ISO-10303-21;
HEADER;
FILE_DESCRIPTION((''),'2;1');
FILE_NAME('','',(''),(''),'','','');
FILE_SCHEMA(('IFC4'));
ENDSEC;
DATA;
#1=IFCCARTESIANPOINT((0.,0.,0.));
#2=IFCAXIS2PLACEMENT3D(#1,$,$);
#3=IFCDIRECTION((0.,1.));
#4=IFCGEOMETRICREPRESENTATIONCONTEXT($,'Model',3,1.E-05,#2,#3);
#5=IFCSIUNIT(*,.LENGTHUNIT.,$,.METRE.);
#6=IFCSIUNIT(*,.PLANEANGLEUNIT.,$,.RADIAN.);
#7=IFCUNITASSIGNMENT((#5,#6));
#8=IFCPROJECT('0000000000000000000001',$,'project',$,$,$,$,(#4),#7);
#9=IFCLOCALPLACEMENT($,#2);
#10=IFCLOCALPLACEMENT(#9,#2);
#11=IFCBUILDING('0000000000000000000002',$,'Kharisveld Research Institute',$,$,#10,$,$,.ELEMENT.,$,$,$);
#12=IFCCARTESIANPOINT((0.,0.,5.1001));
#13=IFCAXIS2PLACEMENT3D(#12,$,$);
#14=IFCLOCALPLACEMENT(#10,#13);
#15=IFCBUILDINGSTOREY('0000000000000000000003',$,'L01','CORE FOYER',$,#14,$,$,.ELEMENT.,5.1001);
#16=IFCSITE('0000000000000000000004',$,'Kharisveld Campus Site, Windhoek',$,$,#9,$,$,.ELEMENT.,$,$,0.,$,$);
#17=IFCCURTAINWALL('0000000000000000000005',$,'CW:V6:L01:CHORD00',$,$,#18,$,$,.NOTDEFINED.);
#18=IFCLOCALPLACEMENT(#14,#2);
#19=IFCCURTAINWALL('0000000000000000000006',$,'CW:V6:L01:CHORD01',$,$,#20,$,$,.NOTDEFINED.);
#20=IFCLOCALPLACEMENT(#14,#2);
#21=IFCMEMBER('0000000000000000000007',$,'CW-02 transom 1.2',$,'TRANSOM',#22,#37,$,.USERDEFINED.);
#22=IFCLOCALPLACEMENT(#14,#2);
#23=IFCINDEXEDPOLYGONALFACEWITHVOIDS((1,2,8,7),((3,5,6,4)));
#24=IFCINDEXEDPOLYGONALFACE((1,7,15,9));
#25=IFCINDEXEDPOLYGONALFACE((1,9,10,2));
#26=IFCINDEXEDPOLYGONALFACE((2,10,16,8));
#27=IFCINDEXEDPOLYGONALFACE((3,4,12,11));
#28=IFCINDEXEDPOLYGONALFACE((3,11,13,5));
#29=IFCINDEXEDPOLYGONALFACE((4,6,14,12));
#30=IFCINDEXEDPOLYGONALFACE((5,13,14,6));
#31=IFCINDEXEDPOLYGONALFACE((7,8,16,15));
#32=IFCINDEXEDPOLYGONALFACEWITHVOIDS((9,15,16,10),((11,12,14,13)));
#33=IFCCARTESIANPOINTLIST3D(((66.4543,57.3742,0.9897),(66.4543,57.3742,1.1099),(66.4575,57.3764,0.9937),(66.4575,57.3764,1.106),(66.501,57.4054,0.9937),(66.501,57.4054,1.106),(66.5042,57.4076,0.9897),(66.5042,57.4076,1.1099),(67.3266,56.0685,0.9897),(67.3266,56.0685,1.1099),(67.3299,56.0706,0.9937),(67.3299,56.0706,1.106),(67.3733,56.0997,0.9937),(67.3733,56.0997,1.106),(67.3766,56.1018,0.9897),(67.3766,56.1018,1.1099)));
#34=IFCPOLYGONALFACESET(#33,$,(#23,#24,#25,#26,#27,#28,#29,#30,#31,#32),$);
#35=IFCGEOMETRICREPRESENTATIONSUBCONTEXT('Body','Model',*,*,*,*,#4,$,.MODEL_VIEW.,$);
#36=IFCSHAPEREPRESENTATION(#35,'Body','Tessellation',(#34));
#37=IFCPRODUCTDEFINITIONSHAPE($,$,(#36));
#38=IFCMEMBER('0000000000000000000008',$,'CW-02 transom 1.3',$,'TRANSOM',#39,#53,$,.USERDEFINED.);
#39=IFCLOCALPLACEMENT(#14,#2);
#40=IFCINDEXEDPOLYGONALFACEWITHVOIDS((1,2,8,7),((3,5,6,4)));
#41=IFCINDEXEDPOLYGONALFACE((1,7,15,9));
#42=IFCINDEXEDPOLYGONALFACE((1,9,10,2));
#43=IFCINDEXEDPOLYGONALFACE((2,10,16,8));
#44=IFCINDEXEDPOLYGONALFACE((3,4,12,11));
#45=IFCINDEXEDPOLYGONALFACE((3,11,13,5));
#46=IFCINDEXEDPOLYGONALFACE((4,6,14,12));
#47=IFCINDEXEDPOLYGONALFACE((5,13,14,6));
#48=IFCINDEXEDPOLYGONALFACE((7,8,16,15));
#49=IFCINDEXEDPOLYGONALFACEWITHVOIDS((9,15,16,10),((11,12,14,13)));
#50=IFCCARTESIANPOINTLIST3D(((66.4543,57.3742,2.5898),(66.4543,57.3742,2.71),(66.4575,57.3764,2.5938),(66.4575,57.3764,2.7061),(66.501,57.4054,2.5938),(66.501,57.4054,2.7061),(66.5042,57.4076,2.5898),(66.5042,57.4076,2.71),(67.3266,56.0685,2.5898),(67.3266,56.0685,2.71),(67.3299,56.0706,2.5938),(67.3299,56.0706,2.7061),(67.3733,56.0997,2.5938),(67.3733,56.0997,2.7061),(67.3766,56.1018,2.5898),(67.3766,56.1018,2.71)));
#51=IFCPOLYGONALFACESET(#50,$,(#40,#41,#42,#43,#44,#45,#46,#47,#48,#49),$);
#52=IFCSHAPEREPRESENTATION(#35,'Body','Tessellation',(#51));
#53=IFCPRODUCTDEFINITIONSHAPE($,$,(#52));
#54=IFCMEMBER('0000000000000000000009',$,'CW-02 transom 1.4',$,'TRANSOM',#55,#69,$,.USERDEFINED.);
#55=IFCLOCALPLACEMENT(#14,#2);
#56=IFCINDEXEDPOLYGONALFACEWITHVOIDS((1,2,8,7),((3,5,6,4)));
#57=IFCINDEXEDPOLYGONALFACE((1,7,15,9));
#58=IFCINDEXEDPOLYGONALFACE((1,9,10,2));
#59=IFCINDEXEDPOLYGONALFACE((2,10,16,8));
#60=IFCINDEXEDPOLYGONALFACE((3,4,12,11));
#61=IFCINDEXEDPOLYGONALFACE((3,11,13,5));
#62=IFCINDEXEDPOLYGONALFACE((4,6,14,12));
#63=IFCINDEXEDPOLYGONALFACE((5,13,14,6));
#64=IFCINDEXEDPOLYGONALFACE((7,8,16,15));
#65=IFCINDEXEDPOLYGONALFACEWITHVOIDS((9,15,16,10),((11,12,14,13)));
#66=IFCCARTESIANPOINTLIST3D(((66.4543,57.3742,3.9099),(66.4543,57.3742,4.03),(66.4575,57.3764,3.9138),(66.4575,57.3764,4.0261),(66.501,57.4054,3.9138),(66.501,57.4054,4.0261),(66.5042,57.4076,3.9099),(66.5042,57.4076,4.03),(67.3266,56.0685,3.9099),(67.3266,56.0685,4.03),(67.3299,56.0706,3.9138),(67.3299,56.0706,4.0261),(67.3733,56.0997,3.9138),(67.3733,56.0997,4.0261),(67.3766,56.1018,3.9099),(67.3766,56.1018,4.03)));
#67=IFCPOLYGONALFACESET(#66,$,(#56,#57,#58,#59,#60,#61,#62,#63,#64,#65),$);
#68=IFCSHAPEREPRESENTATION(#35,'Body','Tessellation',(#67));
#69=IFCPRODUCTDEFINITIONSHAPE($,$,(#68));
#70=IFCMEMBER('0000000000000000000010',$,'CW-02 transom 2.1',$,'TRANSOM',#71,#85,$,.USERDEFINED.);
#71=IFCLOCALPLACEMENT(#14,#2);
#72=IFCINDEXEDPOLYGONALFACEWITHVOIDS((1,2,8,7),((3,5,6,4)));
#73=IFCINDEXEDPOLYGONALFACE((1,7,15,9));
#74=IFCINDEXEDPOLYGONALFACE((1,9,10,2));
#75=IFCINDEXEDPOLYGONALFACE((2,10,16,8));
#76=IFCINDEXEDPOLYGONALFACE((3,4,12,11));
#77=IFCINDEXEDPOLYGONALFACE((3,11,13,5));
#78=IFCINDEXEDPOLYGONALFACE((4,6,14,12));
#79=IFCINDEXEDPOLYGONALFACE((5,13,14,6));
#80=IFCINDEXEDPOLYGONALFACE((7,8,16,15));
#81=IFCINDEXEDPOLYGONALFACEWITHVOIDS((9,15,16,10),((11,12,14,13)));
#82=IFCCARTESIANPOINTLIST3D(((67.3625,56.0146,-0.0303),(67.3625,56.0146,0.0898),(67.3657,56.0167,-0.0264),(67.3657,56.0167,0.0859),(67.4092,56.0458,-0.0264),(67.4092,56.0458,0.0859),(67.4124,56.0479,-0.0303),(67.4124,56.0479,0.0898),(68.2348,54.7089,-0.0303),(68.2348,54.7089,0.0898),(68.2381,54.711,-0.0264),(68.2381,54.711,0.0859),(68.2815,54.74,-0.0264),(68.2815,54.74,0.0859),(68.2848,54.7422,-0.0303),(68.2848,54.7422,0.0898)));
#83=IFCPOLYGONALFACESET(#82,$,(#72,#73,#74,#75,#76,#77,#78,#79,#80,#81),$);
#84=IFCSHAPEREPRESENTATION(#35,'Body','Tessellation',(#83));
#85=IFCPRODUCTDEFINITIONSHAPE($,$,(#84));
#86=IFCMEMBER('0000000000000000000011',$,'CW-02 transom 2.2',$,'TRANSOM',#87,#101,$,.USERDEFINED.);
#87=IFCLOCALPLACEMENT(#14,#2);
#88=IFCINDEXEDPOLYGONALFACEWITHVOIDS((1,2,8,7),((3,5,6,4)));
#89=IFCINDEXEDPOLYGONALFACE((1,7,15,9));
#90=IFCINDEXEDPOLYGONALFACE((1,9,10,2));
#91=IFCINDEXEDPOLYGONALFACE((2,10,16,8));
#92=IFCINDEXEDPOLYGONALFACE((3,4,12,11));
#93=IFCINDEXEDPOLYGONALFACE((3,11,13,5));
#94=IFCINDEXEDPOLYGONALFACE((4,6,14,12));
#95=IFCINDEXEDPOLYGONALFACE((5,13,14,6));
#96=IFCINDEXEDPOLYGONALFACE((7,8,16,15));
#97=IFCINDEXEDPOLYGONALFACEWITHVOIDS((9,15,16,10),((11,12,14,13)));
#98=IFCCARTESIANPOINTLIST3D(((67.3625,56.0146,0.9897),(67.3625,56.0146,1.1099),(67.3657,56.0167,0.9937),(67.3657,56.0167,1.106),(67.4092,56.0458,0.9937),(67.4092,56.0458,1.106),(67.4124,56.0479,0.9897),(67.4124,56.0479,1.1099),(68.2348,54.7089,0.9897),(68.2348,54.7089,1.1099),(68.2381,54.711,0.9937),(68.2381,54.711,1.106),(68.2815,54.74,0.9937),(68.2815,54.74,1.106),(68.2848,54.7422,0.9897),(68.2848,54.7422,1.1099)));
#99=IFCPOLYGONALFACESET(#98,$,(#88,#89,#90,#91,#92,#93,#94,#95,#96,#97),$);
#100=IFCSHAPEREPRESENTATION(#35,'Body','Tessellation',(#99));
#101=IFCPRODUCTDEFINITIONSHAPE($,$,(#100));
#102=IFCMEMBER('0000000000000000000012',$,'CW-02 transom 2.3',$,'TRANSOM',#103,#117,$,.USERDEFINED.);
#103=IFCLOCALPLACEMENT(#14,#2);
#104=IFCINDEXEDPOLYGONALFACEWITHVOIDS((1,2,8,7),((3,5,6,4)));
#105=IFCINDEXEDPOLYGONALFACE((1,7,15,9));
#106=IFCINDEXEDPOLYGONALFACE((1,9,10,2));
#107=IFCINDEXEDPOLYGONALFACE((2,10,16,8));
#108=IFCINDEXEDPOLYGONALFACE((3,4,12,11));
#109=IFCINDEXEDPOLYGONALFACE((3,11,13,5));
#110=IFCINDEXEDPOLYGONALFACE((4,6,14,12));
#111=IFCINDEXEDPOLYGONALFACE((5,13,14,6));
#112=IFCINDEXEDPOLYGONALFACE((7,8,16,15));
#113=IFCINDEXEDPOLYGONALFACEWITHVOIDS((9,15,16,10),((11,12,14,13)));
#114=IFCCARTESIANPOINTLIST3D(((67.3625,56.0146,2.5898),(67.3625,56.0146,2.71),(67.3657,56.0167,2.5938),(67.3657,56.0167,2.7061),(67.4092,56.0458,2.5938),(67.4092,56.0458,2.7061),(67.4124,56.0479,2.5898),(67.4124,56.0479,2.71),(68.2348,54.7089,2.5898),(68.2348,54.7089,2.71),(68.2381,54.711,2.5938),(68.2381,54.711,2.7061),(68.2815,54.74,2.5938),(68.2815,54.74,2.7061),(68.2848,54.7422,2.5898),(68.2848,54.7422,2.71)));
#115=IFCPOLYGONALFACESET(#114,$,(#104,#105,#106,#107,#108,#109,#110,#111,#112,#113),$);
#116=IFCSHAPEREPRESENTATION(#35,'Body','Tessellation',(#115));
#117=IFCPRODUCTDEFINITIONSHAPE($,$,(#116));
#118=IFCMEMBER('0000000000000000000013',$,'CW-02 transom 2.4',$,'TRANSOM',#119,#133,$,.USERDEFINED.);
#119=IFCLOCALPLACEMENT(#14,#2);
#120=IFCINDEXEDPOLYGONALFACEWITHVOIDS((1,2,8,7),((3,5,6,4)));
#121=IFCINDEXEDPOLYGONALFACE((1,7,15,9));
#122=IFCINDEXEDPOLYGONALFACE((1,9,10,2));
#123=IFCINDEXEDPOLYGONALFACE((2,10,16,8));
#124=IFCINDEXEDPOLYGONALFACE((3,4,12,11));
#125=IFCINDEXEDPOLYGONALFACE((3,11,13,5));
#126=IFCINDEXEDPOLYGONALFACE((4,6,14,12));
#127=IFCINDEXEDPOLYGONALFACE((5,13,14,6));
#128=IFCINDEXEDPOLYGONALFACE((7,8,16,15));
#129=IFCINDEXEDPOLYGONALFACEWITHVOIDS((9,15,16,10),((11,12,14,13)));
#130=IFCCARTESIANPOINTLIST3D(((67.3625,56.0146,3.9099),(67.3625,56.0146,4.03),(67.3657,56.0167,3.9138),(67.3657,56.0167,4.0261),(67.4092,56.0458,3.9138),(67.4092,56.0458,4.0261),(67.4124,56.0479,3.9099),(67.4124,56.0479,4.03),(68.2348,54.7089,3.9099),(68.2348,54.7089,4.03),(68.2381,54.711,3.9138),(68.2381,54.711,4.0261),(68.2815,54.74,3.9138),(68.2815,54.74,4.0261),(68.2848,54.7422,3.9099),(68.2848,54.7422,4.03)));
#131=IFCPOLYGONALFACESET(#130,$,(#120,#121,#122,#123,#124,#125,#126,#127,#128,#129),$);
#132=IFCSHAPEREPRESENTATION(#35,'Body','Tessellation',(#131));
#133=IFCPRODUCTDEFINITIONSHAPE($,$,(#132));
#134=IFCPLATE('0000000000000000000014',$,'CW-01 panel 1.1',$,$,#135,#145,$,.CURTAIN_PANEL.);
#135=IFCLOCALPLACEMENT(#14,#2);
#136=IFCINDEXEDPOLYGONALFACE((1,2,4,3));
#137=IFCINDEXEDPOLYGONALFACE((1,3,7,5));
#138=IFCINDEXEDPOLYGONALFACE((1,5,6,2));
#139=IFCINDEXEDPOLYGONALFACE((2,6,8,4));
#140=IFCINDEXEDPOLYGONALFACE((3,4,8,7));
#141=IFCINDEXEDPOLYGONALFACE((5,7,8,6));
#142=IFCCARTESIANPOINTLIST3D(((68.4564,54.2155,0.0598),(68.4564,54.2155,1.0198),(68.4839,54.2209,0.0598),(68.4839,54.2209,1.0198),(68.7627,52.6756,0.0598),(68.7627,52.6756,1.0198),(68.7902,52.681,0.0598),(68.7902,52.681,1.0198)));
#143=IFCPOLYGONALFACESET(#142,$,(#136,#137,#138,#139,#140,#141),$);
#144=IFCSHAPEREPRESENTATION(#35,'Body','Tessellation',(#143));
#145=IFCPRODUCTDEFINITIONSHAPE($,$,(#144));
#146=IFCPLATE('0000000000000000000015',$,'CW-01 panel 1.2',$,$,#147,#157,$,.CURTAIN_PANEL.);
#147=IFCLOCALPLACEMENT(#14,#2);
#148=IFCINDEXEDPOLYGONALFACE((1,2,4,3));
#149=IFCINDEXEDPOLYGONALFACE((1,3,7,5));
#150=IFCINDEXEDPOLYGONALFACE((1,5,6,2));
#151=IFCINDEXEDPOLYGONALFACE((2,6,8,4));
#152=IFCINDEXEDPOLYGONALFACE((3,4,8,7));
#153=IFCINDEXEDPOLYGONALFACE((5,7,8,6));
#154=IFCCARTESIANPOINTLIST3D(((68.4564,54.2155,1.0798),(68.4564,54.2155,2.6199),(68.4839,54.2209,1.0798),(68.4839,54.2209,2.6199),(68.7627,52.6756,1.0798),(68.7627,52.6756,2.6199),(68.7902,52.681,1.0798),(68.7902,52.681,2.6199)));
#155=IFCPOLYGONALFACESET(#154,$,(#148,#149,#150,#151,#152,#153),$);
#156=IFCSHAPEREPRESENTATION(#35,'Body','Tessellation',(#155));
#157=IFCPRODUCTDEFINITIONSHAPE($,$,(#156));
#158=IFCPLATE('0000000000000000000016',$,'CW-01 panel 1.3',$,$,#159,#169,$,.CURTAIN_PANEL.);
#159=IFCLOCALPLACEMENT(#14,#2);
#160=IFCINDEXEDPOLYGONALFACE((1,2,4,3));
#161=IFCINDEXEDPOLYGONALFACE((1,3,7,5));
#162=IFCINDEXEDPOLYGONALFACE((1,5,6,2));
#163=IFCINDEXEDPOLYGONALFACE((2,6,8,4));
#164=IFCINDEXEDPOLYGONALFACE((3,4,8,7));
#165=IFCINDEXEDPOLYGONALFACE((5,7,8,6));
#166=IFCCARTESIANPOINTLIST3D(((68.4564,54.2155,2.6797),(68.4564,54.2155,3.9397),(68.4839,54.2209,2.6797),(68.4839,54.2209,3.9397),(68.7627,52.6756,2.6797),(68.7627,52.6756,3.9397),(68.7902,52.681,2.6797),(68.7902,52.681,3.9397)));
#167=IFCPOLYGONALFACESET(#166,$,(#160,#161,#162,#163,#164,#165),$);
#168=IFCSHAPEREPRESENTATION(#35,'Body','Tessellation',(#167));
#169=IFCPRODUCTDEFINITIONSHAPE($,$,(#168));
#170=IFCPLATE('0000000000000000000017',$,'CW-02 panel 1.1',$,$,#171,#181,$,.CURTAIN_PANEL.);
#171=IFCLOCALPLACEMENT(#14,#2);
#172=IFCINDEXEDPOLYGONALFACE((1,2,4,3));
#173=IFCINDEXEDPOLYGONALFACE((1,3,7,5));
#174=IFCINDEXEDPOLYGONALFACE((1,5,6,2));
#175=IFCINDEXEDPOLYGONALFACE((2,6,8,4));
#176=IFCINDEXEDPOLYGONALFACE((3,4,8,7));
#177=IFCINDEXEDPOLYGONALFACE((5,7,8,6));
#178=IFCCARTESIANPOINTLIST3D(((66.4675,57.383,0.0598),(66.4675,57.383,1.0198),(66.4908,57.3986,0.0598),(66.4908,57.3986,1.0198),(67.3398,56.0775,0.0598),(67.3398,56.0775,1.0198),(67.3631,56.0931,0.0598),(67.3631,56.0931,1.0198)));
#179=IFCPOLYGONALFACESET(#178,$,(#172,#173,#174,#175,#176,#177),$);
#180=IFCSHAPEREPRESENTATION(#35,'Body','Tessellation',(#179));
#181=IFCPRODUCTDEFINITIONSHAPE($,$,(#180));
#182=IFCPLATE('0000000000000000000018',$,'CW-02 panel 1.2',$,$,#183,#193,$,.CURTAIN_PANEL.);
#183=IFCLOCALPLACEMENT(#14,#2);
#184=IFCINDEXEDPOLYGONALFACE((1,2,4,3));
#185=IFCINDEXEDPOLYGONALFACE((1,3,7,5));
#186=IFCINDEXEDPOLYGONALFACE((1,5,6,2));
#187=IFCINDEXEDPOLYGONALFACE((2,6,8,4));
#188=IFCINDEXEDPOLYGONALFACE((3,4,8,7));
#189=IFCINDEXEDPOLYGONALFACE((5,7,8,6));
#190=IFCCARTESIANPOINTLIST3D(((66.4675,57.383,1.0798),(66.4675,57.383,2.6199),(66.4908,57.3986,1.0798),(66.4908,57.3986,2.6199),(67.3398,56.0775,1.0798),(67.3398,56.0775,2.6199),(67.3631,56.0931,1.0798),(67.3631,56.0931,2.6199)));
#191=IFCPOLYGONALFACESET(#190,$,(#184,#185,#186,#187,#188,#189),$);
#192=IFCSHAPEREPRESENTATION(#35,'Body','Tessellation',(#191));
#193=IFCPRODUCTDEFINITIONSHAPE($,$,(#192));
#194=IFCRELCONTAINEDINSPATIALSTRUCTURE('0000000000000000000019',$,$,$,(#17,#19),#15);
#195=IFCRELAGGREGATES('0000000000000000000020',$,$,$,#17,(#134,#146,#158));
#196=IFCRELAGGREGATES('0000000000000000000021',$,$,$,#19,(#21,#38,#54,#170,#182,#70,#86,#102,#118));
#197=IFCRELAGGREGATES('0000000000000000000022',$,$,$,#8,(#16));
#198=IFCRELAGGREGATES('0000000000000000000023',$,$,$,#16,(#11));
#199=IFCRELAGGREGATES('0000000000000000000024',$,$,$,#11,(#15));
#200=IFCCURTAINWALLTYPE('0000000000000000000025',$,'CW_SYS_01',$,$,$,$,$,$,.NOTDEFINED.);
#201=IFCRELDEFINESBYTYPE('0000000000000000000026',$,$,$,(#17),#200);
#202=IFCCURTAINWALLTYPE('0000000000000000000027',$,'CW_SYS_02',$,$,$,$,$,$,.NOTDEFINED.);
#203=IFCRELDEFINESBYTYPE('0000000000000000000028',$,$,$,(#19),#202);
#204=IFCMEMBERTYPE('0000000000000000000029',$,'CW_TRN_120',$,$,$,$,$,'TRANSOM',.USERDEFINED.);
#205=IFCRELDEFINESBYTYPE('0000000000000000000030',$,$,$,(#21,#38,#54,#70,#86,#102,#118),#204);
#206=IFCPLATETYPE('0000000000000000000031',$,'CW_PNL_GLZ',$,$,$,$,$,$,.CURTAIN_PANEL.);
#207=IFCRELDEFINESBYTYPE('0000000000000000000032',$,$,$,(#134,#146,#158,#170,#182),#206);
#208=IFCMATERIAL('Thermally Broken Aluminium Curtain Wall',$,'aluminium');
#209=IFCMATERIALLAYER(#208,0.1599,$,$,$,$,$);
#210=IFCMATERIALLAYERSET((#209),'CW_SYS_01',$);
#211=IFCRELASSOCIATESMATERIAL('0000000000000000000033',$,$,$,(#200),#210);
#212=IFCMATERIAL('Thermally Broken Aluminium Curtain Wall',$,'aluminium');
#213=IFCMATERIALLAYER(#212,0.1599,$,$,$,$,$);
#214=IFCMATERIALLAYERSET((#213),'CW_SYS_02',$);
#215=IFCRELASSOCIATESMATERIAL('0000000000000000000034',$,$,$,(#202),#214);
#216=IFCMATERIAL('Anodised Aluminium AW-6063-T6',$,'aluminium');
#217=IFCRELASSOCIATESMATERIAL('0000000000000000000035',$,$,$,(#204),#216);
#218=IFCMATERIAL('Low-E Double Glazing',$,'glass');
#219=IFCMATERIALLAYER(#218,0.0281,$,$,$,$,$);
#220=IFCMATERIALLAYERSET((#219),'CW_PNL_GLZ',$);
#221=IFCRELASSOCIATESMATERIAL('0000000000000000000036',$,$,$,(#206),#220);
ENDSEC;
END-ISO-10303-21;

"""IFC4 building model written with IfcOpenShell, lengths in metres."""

from ifc_helpers import new_model, si_unit, direction, frame, origin, origin_2d, place, context, subcontext, project, spatial, rectangle, hollow_rectangle, extrude, material, layer, layer_set, material_profile, profile_set, type_object, element, aggregate, save


model = new_model("IFC4")

# Units and contexts
model_context = context("Model", 3, precision=1e-05, world=origin(), true_north=direction((0.0, 1.0)))
body_context = subcontext(model_context, "Body", "Model", "MODEL_VIEW")
ifc_project = project(units=[si_unit("LENGTHUNIT", "METRE"), si_unit("PLANEANGLEUNIT", "RADIAN")], contexts=[model_context])

# Site, building, storey
site_placement = place(None, origin())
site = spatial("IfcSite", under=ifc_project, at=site_placement, Name="Kharisveld Campus Site, Windhoek", CompositionType="ELEMENT", RefElevation=0.0)
building_placement = place(site_placement, origin())
building = spatial("IfcBuilding", under=site, at=building_placement, Name="Kharisveld Research Institute", CompositionType="ELEMENT")
storey_placement = place(building_placement, frame((0.0, 0.0, 5.1001)))
storey = spatial("IfcBuildingStorey", under=building, at=storey_placement, Name="L01", Description="CORE FOYER", CompositionType="ELEMENT", Elevation=5.1001)

# Curtain walls
ifc_material_1 = material(Name="Thermally Broken Aluminium Curtain Wall", Category="aluminium")
ifc_layer_1 = layer(ifc_material_1, 0.1599)
ifc_layer_set_1 = layer_set([ifc_layer_1], Name="CW_SYS_01")
curtain_wall_type_1 = type_object("IfcCurtainWallType", Name="CW_SYS_01", PredefinedType="NOTDEFINED", material=ifc_layer_set_1)
curtain_wall_1_placement = place(storey_placement, origin())
curtain_wall_1 = element("IfcCurtainWall", 1, at=curtain_wall_1_placement, inside=storey, type_object=curtain_wall_type_1, Name="CW:V6:L01:CHORD00", PredefinedType="NOTDEFINED")
ifc_material_2 = material(Name="Thermally Broken Aluminium Curtain Wall", Category="aluminium")
ifc_layer_2 = layer(ifc_material_2, 0.1599)
ifc_layer_set_2 = layer_set([ifc_layer_2], Name="CW_SYS_02")
curtain_wall_type_2 = type_object("IfcCurtainWallType", Name="CW_SYS_02", PredefinedType="NOTDEFINED", material=ifc_layer_set_2)
curtain_wall_2_placement = place(storey_placement, origin())
curtain_wall_2 = element("IfcCurtainWall", 2, at=curtain_wall_2_placement, inside=storey, type_object=curtain_wall_type_2, Name="CW:V6:L01:CHORD01", PredefinedType="NOTDEFINED")

# Members
ifc_material_3 = material(Name="Anodised Aluminium AW-6063-T6", Category="aluminium")
ifc_material_profile_1 = material_profile(ifc_material_3, hollow_rectangle(XDim=0.0601, YDim=0.1201, WallThickness=0.0039, at=origin_2d()))
ifc_profile_set_1 = profile_set([ifc_material_profile_1], Name="Anodised Aluminium AW-6063-T6")
member_type_1 = type_object("IfcMemberType", Name="CW_TRN_120", ElementType="TRANSOM", PredefinedType="USERDEFINED", material=ifc_profile_set_1)
member_1_placement = place(storey_placement, frame((66.4792, 57.3909, 1.0498), z_axis=(0.555525, -0.8315, 0.0), x_axis=(0.8315, 0.555525, 0.0)))
member_1 = element("IfcMember", 3, at=member_1_placement, type_object=member_type_1, Name="CW-02 transom 1.2", ObjectType="TRANSOM", PredefinedType="USERDEFINED", context=body_context, shape_type="SweptSolid", body=[
    extrude(hollow_rectangle(XDim=0.0601, YDim=0.1201, WallThickness=0.0039, at=origin_2d()), origin(), (0.0, 0.0, 1.0), 1.5703),
])
member_2_placement = place(storey_placement, frame((66.4792, 57.3909, 2.6499), z_axis=(0.555525, -0.8315, 0.0), x_axis=(0.8315, 0.555525, 0.0)))
member_2 = element("IfcMember", 4, at=member_2_placement, type_object=member_type_1, Name="CW-02 transom 1.3", ObjectType="TRANSOM", PredefinedType="USERDEFINED", context=body_context, shape_type="SweptSolid", body=[
    extrude(hollow_rectangle(XDim=0.0601, YDim=0.1201, WallThickness=0.0039, at=origin_2d()), origin(), (0.0, 0.0, 1.0), 1.5703),
])
member_3_placement = place(storey_placement, frame((66.4792, 57.3909, 3.97), z_axis=(0.555525, -0.8315, 0.0), x_axis=(0.8315, 0.555525, 0.0)))
member_3 = element("IfcMember", 5, at=member_3_placement, type_object=member_type_1, Name="CW-02 transom 1.4", ObjectType="TRANSOM", PredefinedType="USERDEFINED", context=body_context, shape_type="SweptSolid", body=[
    extrude(hollow_rectangle(XDim=0.0601, YDim=0.1201, WallThickness=0.0039, at=origin_2d()), origin(), (0.0, 0.0, 1.0), 1.5703),
])
member_4_placement = place(storey_placement, frame((67.3875, 56.0312, 0.0298), z_axis=(0.555525, -0.8315, 0.0), x_axis=(0.8315, 0.555525, 0.0)))
member_4 = element("IfcMember", 6, at=member_4_placement, type_object=member_type_1, Name="CW-02 transom 2.1", ObjectType="TRANSOM", PredefinedType="USERDEFINED", context=body_context, shape_type="SweptSolid", body=[
    extrude(hollow_rectangle(XDim=0.0601, YDim=0.1201, WallThickness=0.0039, at=origin_2d()), origin(), (0.0, 0.0, 1.0), 1.5703),
])
member_5_placement = place(storey_placement, frame((67.3875, 56.0312, 1.0498), z_axis=(0.555525, -0.8315, 0.0), x_axis=(0.8315, 0.555525, 0.0)))
member_5 = element("IfcMember", 7, at=member_5_placement, type_object=member_type_1, Name="CW-02 transom 2.2", ObjectType="TRANSOM", PredefinedType="USERDEFINED", context=body_context, shape_type="SweptSolid", body=[
    extrude(hollow_rectangle(XDim=0.0601, YDim=0.1201, WallThickness=0.0039, at=origin_2d()), origin(), (0.0, 0.0, 1.0), 1.5703),
])
member_6_placement = place(storey_placement, frame((67.3875, 56.0312, 2.6499), z_axis=(0.555525, -0.8315, 0.0), x_axis=(0.8315, 0.555525, 0.0)))
member_6 = element("IfcMember", 8, at=member_6_placement, type_object=member_type_1, Name="CW-02 transom 2.3", ObjectType="TRANSOM", PredefinedType="USERDEFINED", context=body_context, shape_type="SweptSolid", body=[
    extrude(hollow_rectangle(XDim=0.0601, YDim=0.1201, WallThickness=0.0039, at=origin_2d()), origin(), (0.0, 0.0, 1.0), 1.5703),
])
member_7_placement = place(storey_placement, frame((67.3875, 56.0312, 3.97), z_axis=(0.555525, -0.8315, 0.0), x_axis=(0.8315, 0.555525, 0.0)))
member_7 = element("IfcMember", 9, at=member_7_placement, type_object=member_type_1, Name="CW-02 transom 2.4", ObjectType="TRANSOM", PredefinedType="USERDEFINED", context=body_context, shape_type="SweptSolid", body=[
    extrude(hollow_rectangle(XDim=0.0601, YDim=0.1201, WallThickness=0.0039, at=origin_2d()), origin(), (0.0, 0.0, 1.0), 1.5703),
])

# Plates
ifc_material_4 = material(Name="Low-E Double Glazing", Category="glass")
ifc_layer_3 = layer(ifc_material_4, 0.0281)
ifc_layer_set_3 = layer_set([ifc_layer_3], Name="CW_PNL_GLZ")
plate_type = type_object("IfcPlateType", Name="CW_PNL_GLZ", PredefinedType="CURTAIN_PANEL", material=ifc_layer_set_3)
plate_1_placement = place(storey_placement, frame((68.6233, 53.4482, 0.0598), z_axis=(0.0, 0.0, 1.0), x_axis=(0.195091, -0.980785, 0.0)))
plate_1 = element("IfcPlate", 10, at=plate_1_placement, type_object=plate_type, Name="CW-01 panel 1.1", PredefinedType="CURTAIN_PANEL", context=body_context, shape_type="SweptSolid", body=[
    extrude(rectangle(XDim=1.5701, YDim=0.0281, at=origin_2d()), origin(), (0.0, 0.0, 1.0), 0.96),
])
plate_2_placement = place(storey_placement, frame((68.6233, 53.4482, 1.0798), z_axis=(0.0, 0.0, 1.0), x_axis=(0.195091, -0.980785, 0.0)))
plate_2 = element("IfcPlate", 11, at=plate_2_placement, type_object=plate_type, Name="CW-01 panel 1.2", PredefinedType="CURTAIN_PANEL", context=body_context, shape_type="SweptSolid", body=[
    extrude(rectangle(XDim=1.5701, YDim=0.0281, at=origin_2d()), origin(), (0.0, 0.0, 1.0), 1.54),
])
plate_3_placement = place(storey_placement, frame((68.6233, 53.4482, 2.6797), z_axis=(0.0, 0.0, 1.0), x_axis=(0.195091, -0.980785, 0.0)))
plate_3 = element("IfcPlate", 12, at=plate_3_placement, type_object=plate_type, Name="CW-01 panel 1.3", PredefinedType="CURTAIN_PANEL", context=body_context, shape_type="SweptSolid", body=[
    extrude(rectangle(XDim=1.5701, YDim=0.0281, at=origin_2d()), origin(), (0.0, 0.0, 1.0), 1.26),
])
aggregate(curtain_wall_1, [plate_1, plate_2, plate_3])
plate_4_placement = place(storey_placement, frame((66.9153, 56.738, 0.0598), z_axis=(0.0, 0.0, 1.0), x_axis=(0.55557, -0.83147, 0.0)))
plate_4 = element("IfcPlate", 13, at=plate_4_placement, type_object=plate_type, Name="CW-02 panel 1.1", PredefinedType="CURTAIN_PANEL", context=body_context, shape_type="SweptSolid", body=[
    extrude(rectangle(XDim=1.5701, YDim=0.0281, at=origin_2d()), origin(), (0.0, 0.0, 1.0), 0.96),
])
plate_5_placement = place(storey_placement, frame((66.9153, 56.738, 1.0798), z_axis=(0.0, 0.0, 1.0), x_axis=(0.55557, -0.83147, 0.0)))
plate_5 = element("IfcPlate", 14, at=plate_5_placement, type_object=plate_type, Name="CW-02 panel 1.2", PredefinedType="CURTAIN_PANEL", context=body_context, shape_type="SweptSolid", body=[
    extrude(rectangle(XDim=1.5701, YDim=0.0281, at=origin_2d()), origin(), (0.0, 0.0, 1.0), 1.54),
])
aggregate(curtain_wall_2, [member_1, member_2, member_3, plate_4, plate_5, member_4, member_5, member_6, member_7])

save(model, "model.ifc")
